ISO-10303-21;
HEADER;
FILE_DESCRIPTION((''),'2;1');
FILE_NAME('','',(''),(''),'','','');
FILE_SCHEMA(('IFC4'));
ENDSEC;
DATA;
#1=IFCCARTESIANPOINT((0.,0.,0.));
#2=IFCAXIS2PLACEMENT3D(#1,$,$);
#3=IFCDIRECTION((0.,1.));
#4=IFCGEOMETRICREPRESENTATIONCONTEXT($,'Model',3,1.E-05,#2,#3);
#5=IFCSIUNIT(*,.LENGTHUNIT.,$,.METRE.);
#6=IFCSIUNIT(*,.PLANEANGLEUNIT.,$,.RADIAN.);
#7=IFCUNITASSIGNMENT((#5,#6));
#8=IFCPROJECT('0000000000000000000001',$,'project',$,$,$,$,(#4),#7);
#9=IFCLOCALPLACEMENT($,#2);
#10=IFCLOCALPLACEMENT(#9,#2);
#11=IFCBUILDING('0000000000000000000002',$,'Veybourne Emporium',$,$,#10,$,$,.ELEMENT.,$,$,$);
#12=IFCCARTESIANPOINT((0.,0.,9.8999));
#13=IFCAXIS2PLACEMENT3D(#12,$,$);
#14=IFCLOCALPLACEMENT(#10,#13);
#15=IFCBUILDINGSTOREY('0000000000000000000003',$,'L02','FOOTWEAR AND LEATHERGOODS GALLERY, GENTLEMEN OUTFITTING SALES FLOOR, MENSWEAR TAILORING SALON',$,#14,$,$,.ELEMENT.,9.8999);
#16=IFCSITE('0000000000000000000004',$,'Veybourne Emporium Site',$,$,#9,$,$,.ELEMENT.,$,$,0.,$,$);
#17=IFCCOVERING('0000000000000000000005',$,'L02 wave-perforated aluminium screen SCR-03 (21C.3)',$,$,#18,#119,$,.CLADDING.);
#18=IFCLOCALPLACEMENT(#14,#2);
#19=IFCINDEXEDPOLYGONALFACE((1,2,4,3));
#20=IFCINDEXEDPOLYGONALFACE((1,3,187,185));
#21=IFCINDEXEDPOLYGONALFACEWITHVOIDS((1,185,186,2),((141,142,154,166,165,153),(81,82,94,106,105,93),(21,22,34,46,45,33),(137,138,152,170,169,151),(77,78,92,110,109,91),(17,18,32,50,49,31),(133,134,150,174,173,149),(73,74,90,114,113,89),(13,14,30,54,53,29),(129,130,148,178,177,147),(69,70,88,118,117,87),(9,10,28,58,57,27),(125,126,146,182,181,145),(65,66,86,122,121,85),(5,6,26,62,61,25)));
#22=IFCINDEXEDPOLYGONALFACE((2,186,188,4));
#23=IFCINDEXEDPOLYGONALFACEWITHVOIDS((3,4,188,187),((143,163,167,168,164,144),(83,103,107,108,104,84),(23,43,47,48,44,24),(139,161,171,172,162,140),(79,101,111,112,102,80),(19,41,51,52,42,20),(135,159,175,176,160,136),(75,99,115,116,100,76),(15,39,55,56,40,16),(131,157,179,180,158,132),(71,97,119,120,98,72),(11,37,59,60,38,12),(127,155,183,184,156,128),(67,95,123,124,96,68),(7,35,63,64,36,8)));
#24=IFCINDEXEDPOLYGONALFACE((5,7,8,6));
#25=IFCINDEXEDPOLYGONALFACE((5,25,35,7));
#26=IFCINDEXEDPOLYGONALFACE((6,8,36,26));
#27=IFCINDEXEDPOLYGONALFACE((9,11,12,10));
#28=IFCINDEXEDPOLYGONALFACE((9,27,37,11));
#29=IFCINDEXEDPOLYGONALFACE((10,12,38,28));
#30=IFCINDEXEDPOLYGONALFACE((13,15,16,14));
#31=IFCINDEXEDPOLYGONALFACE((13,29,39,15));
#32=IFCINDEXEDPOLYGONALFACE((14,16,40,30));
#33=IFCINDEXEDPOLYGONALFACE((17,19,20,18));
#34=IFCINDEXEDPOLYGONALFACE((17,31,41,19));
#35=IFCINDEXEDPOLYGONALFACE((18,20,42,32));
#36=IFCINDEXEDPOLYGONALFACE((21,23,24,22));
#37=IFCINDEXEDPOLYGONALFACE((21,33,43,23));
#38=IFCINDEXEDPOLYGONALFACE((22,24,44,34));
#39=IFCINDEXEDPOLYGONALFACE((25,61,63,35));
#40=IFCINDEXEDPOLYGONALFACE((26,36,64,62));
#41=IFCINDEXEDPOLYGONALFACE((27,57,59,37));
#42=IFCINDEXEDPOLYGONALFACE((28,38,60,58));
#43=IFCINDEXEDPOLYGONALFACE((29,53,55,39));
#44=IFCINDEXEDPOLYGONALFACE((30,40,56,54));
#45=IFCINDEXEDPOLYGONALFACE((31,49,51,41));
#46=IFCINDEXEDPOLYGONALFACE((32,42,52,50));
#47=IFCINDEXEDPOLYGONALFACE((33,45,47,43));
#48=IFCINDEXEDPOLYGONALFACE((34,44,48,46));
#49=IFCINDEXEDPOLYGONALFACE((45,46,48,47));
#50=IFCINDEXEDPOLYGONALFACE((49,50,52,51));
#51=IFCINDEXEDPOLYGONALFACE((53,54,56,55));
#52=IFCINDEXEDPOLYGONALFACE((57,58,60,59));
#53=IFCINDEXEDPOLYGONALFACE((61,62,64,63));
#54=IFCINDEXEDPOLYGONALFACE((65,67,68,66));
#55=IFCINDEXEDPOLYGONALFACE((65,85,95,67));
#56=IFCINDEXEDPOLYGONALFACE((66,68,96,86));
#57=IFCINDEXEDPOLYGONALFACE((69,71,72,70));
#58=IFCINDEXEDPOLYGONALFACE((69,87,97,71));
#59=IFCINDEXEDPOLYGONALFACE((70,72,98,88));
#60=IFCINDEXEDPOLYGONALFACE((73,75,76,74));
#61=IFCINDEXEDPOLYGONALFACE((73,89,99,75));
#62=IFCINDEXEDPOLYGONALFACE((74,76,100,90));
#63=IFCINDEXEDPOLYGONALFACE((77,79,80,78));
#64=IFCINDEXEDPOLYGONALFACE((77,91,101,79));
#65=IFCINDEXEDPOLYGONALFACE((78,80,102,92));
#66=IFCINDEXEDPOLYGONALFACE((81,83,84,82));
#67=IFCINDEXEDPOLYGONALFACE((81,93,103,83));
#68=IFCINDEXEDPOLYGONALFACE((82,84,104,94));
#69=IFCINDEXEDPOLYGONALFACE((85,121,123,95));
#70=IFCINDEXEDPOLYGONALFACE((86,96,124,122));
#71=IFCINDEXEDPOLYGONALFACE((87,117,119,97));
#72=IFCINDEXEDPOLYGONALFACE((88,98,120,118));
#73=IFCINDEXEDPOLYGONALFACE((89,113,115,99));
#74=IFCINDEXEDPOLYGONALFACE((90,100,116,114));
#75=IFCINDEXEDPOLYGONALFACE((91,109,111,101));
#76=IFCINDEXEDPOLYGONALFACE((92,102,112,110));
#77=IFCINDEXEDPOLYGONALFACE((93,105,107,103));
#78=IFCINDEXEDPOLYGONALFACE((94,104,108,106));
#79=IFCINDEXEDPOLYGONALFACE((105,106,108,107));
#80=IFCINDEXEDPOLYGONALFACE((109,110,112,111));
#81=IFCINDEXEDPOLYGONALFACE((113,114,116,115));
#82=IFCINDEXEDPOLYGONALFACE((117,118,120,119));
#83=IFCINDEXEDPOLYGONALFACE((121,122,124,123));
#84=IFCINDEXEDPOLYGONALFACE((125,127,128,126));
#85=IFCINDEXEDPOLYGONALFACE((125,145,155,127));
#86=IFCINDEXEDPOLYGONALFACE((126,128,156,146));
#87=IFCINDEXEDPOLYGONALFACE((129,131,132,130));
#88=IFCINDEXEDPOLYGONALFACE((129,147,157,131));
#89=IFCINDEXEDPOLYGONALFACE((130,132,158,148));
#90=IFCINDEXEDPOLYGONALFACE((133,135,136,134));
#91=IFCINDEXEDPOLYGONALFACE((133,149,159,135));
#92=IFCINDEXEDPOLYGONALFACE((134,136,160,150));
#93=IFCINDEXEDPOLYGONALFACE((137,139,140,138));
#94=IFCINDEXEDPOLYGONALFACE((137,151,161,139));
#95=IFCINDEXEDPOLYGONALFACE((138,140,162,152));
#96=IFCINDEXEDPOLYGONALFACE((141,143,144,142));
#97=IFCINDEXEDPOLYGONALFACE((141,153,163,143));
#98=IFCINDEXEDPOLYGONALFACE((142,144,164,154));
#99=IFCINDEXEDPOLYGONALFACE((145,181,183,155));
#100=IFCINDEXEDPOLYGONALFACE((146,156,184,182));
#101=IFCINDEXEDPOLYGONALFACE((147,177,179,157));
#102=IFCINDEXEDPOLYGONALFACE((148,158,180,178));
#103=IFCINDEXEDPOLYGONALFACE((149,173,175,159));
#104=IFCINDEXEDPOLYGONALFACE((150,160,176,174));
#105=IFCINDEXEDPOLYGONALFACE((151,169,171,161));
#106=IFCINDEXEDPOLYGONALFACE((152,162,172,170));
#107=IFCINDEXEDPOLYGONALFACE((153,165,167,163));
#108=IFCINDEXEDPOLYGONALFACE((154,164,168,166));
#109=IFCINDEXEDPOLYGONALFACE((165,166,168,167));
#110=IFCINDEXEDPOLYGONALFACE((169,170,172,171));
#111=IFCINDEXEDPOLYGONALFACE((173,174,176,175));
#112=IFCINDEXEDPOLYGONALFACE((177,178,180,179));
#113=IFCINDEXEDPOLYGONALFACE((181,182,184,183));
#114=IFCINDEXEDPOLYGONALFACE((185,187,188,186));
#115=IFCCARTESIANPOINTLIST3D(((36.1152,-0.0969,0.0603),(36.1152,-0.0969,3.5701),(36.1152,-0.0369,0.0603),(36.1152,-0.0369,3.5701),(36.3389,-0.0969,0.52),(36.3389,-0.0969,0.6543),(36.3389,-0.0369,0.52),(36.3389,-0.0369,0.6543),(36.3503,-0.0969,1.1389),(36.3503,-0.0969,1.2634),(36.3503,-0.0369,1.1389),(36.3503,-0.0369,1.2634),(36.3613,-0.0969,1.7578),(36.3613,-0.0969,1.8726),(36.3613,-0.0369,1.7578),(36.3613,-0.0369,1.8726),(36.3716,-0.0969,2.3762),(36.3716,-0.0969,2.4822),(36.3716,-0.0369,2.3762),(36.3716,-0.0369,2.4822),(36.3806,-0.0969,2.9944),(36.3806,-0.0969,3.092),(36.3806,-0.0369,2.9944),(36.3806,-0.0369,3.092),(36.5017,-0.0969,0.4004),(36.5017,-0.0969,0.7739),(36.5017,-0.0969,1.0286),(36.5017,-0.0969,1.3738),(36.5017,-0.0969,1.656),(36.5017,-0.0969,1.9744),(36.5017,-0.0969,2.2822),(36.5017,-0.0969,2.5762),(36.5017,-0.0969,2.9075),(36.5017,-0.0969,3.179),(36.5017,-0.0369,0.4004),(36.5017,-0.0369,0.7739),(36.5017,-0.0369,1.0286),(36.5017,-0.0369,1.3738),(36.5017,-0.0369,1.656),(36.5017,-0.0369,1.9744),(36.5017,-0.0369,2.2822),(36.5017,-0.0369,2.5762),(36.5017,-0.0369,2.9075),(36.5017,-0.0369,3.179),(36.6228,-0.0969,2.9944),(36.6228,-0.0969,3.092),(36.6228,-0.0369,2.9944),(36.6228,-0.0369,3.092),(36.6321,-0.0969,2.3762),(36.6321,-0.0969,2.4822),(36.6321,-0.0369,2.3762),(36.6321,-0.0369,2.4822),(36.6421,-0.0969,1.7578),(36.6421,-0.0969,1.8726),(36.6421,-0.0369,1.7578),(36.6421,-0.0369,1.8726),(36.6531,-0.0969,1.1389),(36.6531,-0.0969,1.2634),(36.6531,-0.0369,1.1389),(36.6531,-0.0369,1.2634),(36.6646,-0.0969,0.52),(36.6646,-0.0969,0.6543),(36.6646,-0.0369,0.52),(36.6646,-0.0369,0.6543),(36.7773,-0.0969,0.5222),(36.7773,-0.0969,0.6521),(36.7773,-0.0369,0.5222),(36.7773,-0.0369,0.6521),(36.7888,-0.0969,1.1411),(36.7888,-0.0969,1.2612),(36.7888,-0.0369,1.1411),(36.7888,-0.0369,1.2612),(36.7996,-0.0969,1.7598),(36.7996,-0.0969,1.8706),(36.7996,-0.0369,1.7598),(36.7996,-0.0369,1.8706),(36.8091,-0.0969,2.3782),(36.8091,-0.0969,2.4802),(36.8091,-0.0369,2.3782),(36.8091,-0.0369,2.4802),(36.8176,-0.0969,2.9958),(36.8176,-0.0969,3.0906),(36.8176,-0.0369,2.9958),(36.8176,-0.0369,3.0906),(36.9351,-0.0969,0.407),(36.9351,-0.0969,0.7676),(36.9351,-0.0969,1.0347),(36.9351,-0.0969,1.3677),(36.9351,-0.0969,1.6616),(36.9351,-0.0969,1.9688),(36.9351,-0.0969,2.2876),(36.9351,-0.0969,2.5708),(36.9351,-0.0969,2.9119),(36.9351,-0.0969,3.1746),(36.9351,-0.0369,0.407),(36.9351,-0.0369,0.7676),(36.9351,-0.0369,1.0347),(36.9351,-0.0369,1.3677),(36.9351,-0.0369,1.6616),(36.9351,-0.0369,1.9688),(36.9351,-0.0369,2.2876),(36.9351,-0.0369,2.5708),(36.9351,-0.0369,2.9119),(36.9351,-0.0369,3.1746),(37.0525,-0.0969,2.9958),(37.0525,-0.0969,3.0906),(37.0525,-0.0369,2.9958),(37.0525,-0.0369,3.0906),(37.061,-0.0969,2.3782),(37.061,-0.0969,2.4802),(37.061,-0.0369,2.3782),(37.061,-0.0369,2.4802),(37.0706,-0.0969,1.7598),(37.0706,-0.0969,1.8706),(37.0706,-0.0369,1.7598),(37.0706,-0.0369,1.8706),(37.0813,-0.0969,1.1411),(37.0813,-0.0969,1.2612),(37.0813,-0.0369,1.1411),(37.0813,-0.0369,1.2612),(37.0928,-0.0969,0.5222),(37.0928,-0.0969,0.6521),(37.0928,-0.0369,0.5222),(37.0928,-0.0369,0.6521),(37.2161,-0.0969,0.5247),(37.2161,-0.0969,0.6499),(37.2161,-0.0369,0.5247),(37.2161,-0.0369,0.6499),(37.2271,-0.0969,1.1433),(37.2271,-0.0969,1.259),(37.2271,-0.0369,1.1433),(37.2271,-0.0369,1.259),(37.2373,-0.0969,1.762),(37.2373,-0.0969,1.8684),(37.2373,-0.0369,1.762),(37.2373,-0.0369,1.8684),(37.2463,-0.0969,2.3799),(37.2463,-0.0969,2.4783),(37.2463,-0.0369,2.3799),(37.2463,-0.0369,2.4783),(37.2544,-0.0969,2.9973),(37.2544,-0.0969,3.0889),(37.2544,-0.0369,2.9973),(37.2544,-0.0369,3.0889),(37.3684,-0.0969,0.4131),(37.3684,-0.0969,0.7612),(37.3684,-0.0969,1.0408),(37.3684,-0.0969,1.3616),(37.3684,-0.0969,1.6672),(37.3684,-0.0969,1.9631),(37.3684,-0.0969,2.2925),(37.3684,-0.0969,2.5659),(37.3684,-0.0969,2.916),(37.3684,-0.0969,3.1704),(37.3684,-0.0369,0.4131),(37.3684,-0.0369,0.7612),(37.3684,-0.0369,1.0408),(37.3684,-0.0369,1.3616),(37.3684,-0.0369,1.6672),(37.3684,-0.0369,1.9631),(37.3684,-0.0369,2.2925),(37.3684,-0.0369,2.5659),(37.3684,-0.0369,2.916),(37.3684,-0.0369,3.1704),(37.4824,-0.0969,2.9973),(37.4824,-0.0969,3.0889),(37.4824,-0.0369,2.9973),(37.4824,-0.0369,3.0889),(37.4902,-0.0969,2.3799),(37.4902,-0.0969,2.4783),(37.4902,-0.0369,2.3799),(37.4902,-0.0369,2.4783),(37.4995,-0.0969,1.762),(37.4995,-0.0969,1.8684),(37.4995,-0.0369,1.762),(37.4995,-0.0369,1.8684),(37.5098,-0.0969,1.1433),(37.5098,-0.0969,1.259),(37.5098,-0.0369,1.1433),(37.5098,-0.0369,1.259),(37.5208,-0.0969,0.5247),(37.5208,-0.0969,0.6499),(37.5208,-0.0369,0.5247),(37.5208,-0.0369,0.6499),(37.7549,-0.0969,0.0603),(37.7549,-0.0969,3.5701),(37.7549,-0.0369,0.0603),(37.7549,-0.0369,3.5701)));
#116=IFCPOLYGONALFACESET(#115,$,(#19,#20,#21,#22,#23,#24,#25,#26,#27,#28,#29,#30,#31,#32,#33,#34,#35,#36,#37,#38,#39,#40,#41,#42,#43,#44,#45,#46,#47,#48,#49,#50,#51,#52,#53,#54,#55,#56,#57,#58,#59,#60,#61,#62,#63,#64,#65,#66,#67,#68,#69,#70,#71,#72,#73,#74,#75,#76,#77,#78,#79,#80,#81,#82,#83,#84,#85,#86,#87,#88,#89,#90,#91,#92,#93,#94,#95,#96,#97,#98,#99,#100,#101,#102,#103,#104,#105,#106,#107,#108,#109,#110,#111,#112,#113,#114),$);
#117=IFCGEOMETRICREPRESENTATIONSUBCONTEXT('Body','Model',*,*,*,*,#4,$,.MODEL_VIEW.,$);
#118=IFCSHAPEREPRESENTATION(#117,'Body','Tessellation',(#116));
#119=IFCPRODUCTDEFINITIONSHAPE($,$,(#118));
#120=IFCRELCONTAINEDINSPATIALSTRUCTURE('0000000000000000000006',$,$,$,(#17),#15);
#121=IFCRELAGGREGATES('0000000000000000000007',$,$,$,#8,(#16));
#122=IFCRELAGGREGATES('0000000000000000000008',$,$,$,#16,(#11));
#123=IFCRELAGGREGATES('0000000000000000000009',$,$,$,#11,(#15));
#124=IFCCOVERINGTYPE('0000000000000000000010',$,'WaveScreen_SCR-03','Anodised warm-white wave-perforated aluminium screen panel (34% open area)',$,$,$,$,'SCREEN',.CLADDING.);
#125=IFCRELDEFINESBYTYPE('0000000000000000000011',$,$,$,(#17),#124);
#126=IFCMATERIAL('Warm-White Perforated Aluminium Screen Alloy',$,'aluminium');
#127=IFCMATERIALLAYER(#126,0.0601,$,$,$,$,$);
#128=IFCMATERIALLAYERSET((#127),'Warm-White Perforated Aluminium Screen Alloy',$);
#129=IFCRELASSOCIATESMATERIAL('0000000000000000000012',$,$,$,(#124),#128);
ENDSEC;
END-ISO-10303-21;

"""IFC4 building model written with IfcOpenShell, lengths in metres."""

from ifc_helpers import new_model, si_unit, direction, frame, origin, place, context, subcontext, project, spatial, polyline, outline, extrude, material, layer, layer_set, type_object, element, save


model = new_model("IFC4")

# Units and contexts
model_context = context("Model", 3, precision=1e-05, world=origin(), true_north=direction((0.0, 1.0)))
body_context = subcontext(model_context, "Body", "Model", "MODEL_VIEW")
ifc_project = project(units=[si_unit("LENGTHUNIT", "METRE"), si_unit("PLANEANGLEUNIT", "RADIAN")], contexts=[model_context])

# Site, building, storey
site_placement = place(None, origin())
site = spatial("IfcSite", under=ifc_project, at=site_placement, Name="Veybourne Emporium Site", CompositionType="ELEMENT", RefElevation=0.0)
building_placement = place(site_placement, origin())
building = spatial("IfcBuilding", under=site, at=building_placement, Name="Veybourne Emporium", CompositionType="ELEMENT")
storey_placement = place(building_placement, frame((0.0, 0.0, 9.8999)))
storey = spatial("IfcBuildingStorey", under=building, at=storey_placement, Name="L02", Description="FOOTWEAR AND LEATHERGOODS GALLERY, GENTLEMEN OUTFITTING SALES FLOOR, MENSWEAR TAILORING SALON", CompositionType="ELEMENT", Elevation=9.8999)

# Covering
ifc_material_1 = material(Name="Warm-White Perforated Aluminium Screen Alloy", Category="aluminium")
ifc_layer_1 = layer(ifc_material_1, 0.0601)
ifc_layer_set_1 = layer_set([ifc_layer_1], Name="Warm-White Perforated Aluminium Screen Alloy")
covering_type_1 = type_object("IfcCoveringType", Name="WaveScreen_SCR-03", Description="Anodised warm-white wave-perforated aluminium screen panel (34% open area)", ElementType="SCREEN", PredefinedType="CLADDING", material=ifc_layer_set_1)
covering_1_placement = place(storey_placement, frame((36.9351, -0.0969, 1.8152), z_axis=(0.0, 1.0, 0.0), x_axis=(-1.0, 0.0, 0.0)))
element("IfcCovering", 1, at=covering_1_placement, inside=storey, type_object=covering_type_1, Name="L02 wave-perforated aluminium screen SCR-03 (21C.3)", PredefinedType="CLADDING", context=body_context, shape_type="SweptSolid", body=[
    extrude(outline(polyline([(-0.8198, -1.7549), (0.8198, -1.7549), (0.8198, 1.7549), (-0.8198, 1.7549), (-0.8198, -1.7549)]), holes=[polyline([(-0.4333, -1.054), (-0.281, -1.1653), (-0.281, -1.2905), (-0.4333, -1.4021), (-0.5857, -1.2905), (-0.5857, -1.1653), (-0.4333, -1.054)]), polyline([(-0.4333, -0.4536), (-0.292, -0.5562), (-0.292, -0.6719), (-0.4333, -0.7744), (-0.5747, -0.6719), (-0.5747, -0.5562), (-0.4333, -0.4536)]), polyline([(-0.4333, 0.1479), (-0.3022, 0.0532), (-0.3022, -0.0532), (-0.4333, -0.1479), (-0.5645, -0.0532), (-0.5645, 0.0532), (-0.4333, 0.1479)]), polyline([(-0.4333, 0.7507), (-0.3113, 0.6631), (-0.3113, 0.5647), (-0.4333, 0.4773), (-0.5552, 0.5647), (-0.5552, 0.6631), (-0.4333, 0.7507)]), polyline([(-0.4333, 1.3552), (-0.3193, 1.2737), (-0.3193, 1.1821), (-0.4333, 1.1008), (-0.5474, 1.1821), (-0.5474, 1.2737), (-0.4333, 1.3552)]), polyline([(0.0, -1.0476), (0.1577, -1.1631), (0.1577, -1.293), (0.0, -1.4082), (-0.1577, -1.293), (-0.1577, -1.1631), (0.0, -1.0476)]), polyline([(0.0, -0.4475), (0.1462, -0.554), (0.1462, -0.6741), (0.0, -0.7805), (-0.1462, -0.6741), (-0.1462, -0.554), (0.0, -0.4475)]), polyline([(0.0, 0.1536), (0.1355, 0.0554), (0.1355, -0.0554), (0.0, -0.1536), (-0.1355, -0.0554), (-0.1355, 0.0554), (0.0, 0.1536)]), polyline([(0.0, 0.7556), (0.126, 0.665), (0.126, 0.563), (0.0, 0.4724), (-0.126, 0.563), (-0.126, 0.665), (0.0, 0.7556)]), polyline([(0.0, 1.3594), (0.1174, 1.2754), (0.1174, 1.1807), (0.0, 1.0967), (-0.1174, 1.1807), (-0.1174, 1.2754), (0.0, 1.3594)]), polyline([(0.4333, -1.0413), (0.5962, -1.1609), (0.5962, -1.2952), (0.4333, -1.4148), (0.2705, -1.2952), (0.2705, -1.1609), (0.4333, -1.0413)]), polyline([(0.4333, -0.4414), (0.5847, -0.5518), (0.5847, -0.6763), (0.4333, -0.7866), (0.282, -0.6763), (0.282, -0.5518), (0.4333, -0.4414)]), polyline([(0.4333, 0.1592), (0.5737, 0.0574), (0.5737, -0.0574), (0.4333, -0.1592), (0.293, -0.0574), (0.293, 0.0574), (0.4333, 0.1592)]), polyline([(0.4333, 0.761), (0.5635, 0.667), (0.5635, 0.561), (0.4333, 0.467), (0.303, 0.561), (0.303, 0.667), (0.4333, 0.761)]), polyline([(0.4333, 1.3638), (0.5544, 1.2769), (0.5544, 1.1792), (0.4333, 1.0923), (0.3123, 1.1792), (0.3123, 1.2769), (0.4333, 1.3638)])]), origin(), (0.0, 0.0, 1.0), 0.0601),
])

save(model, "model.ifc")
